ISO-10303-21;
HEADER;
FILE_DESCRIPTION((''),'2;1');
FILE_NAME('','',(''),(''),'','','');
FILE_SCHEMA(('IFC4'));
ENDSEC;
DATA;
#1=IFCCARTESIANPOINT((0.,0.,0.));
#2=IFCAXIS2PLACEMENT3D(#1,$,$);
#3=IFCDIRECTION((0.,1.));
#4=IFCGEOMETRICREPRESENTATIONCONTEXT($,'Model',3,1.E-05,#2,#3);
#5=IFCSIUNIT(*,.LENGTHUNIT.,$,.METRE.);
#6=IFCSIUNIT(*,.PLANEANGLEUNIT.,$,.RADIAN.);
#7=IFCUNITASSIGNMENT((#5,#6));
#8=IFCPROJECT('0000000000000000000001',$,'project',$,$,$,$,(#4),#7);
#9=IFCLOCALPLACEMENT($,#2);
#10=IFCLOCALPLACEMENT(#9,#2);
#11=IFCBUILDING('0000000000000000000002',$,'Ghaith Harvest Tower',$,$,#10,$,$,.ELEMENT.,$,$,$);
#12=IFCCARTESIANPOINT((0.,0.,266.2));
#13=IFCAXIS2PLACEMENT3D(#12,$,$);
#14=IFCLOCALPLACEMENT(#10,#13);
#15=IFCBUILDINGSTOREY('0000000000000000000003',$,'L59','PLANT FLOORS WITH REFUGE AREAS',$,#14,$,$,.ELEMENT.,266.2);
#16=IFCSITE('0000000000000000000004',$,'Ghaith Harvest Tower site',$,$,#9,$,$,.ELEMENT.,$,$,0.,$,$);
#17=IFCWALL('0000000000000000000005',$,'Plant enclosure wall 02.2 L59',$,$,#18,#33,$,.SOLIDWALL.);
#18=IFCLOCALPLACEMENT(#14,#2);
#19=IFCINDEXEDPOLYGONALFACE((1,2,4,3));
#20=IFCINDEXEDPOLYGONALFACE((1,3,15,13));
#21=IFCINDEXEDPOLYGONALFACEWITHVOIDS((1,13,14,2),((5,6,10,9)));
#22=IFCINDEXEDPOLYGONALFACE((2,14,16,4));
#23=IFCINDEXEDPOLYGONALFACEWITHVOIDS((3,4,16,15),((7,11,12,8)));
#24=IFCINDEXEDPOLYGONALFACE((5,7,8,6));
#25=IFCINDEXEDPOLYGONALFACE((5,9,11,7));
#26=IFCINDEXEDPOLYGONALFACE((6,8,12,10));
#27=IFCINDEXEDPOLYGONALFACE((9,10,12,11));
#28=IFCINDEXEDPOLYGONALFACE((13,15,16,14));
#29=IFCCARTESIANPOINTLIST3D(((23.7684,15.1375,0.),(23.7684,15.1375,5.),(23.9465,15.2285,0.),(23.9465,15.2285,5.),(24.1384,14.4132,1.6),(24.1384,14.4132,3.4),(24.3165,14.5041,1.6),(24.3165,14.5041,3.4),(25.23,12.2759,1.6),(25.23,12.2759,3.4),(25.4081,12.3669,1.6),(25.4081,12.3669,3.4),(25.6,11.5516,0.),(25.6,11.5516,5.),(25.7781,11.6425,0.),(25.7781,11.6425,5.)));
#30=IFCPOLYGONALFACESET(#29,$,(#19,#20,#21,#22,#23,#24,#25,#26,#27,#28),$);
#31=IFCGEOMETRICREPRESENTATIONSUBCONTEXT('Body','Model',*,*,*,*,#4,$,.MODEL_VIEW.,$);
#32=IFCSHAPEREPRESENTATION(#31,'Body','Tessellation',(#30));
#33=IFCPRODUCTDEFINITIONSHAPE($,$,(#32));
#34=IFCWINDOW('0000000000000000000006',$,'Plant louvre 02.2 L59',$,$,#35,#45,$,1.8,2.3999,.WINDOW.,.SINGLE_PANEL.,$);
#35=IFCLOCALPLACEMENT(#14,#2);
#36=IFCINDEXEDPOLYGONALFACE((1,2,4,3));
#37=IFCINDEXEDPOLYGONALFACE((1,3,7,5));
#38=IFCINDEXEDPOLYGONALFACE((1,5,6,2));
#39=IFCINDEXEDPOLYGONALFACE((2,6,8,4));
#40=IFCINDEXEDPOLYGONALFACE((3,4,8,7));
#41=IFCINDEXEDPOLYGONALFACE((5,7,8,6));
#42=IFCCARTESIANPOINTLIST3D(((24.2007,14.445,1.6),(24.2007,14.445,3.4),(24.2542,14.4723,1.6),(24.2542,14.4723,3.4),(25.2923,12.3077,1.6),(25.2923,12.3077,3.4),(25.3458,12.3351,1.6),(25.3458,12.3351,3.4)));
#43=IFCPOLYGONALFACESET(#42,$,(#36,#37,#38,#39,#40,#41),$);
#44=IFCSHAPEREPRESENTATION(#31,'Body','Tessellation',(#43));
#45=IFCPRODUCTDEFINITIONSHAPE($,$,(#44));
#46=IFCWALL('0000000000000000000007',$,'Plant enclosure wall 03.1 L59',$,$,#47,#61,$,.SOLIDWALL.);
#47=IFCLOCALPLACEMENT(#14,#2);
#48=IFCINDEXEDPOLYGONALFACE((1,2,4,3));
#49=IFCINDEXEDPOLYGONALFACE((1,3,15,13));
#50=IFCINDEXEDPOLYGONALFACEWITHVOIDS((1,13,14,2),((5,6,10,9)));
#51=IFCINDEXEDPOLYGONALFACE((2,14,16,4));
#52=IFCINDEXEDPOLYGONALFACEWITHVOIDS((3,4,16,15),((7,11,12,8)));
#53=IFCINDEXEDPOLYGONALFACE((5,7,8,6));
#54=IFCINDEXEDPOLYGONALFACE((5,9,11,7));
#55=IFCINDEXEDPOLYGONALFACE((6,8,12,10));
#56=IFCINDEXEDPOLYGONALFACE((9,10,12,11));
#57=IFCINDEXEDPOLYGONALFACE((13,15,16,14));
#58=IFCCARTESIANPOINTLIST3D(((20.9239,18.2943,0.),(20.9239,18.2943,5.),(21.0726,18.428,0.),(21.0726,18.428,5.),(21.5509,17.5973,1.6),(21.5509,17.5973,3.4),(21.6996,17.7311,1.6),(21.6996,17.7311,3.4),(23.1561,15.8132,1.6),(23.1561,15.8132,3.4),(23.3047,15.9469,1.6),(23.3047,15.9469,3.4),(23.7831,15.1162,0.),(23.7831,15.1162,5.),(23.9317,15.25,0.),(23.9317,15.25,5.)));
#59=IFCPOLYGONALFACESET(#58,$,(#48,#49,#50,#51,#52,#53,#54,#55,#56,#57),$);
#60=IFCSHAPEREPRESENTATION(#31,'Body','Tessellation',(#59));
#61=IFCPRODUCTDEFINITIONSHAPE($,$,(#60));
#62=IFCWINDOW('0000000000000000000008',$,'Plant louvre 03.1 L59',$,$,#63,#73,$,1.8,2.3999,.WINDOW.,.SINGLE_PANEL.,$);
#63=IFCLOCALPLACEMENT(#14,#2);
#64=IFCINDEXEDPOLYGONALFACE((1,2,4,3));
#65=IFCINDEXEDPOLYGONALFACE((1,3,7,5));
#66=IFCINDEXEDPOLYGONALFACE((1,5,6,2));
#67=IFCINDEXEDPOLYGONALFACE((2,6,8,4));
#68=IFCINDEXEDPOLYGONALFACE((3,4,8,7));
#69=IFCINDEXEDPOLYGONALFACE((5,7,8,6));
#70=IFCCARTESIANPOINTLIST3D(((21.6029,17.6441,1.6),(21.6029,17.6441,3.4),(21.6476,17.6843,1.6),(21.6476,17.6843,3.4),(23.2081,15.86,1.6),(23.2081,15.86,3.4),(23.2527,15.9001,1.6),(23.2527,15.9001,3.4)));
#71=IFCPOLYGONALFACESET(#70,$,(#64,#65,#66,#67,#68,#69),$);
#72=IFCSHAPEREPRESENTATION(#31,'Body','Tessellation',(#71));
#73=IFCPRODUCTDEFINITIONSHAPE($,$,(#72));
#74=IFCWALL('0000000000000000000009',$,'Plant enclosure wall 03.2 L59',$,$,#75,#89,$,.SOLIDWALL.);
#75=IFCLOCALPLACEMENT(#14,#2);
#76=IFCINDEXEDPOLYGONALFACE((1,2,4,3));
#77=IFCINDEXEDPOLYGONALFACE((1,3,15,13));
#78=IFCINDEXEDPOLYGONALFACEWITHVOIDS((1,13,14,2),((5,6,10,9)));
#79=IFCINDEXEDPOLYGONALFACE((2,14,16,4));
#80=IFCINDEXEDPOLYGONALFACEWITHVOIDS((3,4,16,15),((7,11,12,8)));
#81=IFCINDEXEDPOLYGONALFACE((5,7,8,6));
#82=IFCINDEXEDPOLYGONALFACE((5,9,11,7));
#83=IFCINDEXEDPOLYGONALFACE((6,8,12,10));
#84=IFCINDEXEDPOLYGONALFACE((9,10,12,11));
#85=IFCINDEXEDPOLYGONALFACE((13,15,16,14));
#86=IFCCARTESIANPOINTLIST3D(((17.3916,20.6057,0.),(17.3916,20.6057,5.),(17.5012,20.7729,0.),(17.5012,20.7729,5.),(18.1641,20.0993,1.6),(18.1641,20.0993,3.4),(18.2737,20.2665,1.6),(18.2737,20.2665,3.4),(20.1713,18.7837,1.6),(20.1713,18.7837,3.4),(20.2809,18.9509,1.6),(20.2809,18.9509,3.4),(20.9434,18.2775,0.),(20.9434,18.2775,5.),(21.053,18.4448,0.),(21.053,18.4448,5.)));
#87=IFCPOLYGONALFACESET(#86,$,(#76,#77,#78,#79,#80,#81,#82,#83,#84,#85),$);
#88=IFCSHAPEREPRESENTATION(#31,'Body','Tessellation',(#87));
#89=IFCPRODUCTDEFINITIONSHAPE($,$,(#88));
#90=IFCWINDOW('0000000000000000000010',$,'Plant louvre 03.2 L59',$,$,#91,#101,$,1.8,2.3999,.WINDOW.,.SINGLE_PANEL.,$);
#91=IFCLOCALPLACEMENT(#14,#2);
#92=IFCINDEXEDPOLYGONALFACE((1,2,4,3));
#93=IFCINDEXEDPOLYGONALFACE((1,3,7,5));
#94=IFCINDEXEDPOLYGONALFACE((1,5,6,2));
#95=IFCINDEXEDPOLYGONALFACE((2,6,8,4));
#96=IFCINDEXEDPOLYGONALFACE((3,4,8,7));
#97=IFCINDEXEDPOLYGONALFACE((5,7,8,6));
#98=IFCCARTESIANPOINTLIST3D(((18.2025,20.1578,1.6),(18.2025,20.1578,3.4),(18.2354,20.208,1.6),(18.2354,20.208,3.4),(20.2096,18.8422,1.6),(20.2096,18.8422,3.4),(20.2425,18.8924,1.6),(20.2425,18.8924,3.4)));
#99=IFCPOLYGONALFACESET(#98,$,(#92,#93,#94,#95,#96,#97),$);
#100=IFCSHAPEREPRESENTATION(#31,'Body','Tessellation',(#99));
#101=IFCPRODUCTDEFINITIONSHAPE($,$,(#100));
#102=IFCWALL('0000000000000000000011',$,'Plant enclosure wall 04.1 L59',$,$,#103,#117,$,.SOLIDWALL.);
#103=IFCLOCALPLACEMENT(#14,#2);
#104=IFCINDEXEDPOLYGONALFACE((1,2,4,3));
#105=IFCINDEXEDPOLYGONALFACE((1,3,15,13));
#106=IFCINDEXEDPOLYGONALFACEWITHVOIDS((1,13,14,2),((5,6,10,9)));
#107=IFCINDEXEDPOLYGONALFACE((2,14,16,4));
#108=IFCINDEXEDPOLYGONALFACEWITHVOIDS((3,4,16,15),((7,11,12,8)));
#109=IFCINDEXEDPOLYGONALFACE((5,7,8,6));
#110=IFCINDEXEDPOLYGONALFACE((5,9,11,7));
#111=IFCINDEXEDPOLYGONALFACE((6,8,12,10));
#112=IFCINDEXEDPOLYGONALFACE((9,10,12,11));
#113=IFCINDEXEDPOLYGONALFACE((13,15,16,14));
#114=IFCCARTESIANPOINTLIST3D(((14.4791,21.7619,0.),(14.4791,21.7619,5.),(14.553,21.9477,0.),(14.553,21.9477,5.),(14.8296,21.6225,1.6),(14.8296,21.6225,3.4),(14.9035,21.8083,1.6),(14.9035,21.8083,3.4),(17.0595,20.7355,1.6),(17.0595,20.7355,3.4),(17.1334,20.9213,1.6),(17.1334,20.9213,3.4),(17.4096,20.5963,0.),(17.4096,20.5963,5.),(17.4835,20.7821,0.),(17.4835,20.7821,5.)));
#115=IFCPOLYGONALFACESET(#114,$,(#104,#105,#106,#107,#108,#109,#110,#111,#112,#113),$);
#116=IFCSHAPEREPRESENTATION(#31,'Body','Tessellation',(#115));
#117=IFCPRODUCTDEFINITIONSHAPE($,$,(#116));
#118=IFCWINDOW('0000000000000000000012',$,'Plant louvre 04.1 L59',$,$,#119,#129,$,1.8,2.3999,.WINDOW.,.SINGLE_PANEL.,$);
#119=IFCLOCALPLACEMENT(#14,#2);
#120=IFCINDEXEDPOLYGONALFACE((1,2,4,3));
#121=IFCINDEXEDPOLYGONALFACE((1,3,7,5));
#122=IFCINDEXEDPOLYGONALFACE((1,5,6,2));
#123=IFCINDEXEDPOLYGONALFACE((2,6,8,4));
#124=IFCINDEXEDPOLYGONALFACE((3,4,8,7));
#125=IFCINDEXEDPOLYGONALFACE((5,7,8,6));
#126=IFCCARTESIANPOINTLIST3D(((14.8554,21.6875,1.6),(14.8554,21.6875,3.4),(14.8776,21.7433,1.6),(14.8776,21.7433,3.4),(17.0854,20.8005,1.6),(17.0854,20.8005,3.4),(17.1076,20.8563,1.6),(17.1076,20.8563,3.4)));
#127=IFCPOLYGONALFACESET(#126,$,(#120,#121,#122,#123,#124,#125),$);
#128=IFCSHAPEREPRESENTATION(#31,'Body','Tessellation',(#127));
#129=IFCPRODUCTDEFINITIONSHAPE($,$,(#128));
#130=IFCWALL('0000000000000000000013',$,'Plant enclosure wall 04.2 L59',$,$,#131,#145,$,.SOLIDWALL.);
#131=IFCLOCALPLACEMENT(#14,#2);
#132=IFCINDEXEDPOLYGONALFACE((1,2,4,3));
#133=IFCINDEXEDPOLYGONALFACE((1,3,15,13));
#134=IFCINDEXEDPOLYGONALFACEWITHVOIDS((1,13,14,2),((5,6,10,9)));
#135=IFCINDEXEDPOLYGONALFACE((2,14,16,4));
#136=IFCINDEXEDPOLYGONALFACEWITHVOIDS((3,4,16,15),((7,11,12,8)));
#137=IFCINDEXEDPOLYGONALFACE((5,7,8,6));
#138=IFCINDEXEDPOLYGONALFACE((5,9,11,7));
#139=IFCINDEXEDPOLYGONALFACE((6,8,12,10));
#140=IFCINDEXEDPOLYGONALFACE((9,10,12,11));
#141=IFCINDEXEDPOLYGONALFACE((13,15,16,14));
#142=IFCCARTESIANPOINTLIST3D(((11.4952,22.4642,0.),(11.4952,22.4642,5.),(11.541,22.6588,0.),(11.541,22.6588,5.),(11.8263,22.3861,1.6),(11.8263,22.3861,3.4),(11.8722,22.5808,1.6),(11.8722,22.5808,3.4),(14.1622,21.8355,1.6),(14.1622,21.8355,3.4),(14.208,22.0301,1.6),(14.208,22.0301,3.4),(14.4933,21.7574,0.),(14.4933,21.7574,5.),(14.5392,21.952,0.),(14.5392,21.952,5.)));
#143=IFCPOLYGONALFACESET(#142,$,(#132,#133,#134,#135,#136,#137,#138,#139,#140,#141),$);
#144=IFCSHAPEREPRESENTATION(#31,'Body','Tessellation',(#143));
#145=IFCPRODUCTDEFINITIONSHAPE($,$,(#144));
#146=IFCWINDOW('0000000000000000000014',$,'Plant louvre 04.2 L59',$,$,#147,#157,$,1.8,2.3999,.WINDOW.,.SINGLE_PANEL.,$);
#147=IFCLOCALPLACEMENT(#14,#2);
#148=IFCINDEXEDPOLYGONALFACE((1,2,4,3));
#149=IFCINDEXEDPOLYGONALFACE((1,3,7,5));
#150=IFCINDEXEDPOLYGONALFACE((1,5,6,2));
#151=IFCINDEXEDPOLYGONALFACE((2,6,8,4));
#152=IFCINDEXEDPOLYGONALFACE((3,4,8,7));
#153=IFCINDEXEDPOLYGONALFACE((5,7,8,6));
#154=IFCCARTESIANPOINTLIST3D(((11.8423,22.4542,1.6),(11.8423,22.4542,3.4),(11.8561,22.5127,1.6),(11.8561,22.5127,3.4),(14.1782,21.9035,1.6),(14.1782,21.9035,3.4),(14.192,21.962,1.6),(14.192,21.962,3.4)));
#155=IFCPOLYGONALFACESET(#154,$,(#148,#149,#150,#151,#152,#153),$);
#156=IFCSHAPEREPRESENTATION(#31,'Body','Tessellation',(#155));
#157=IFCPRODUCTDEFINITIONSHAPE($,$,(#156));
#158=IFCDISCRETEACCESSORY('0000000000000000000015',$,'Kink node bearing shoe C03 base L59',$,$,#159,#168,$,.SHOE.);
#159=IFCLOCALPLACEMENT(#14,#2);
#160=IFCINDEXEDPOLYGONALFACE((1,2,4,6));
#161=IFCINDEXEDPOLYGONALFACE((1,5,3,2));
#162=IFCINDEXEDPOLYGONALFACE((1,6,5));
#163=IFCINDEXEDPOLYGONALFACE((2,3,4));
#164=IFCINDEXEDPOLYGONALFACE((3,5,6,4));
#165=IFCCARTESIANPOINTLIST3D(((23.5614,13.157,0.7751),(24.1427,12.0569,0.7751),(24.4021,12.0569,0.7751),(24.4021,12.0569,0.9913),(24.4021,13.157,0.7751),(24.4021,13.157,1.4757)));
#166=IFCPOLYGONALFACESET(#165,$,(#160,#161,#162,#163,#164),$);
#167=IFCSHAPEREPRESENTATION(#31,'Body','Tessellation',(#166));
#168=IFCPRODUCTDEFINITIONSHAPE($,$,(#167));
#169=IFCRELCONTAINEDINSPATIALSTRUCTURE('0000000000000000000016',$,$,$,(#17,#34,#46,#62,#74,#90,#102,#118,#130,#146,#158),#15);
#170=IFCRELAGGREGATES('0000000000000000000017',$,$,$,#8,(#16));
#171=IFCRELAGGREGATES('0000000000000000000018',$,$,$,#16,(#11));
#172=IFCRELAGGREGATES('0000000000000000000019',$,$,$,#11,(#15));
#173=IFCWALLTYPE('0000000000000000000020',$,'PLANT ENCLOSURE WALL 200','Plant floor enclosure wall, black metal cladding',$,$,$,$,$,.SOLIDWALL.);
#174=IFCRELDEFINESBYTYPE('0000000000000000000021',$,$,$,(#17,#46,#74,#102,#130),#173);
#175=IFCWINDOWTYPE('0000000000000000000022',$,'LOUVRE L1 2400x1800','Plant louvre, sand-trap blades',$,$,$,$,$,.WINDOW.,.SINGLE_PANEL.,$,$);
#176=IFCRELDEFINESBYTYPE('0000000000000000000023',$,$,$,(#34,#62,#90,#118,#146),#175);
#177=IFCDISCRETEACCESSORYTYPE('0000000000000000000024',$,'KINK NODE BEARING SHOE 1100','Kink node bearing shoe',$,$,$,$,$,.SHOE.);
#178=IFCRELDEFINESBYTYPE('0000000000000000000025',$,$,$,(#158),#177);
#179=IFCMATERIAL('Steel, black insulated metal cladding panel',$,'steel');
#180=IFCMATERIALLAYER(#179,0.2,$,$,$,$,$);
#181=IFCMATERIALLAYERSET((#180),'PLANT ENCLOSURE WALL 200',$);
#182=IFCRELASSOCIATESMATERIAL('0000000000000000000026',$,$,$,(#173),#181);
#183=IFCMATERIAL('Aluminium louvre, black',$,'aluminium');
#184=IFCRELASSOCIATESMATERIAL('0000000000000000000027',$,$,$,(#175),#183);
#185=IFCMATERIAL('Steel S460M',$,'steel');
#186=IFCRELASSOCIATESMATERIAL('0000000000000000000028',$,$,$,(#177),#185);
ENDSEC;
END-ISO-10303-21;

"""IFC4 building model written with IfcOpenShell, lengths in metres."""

from ifc_helpers import new_model, si_unit, direction, frame, frame_2d, origin, origin_2d, place, context, subcontext, project, spatial, rectangle, extrude, clip, halfspace, material, layer, layer_set, material_profile, profile_set, type_object, element, fill, save


model = new_model("IFC4")

# Units and contexts
model_context = context("Model", 3, precision=1e-05, world=origin(), true_north=direction((0.0, 1.0)))
body_context = subcontext(model_context, "Body", "Model", "MODEL_VIEW")
ifc_project = project(units=[si_unit("LENGTHUNIT", "METRE"), si_unit("PLANEANGLEUNIT", "RADIAN")], contexts=[model_context])

# Site, building, storey
site_placement = place(None, origin())
site = spatial("IfcSite", under=ifc_project, at=site_placement, Name="Ghaith Harvest Tower site", CompositionType="ELEMENT", RefElevation=0.0)
building_placement = place(site_placement, origin())
building = spatial("IfcBuilding", under=site, at=building_placement, Name="Ghaith Harvest Tower", CompositionType="ELEMENT")
storey_placement = place(building_placement, frame((0.0, 0.0, 266.2)))
storey = spatial("IfcBuildingStorey", under=building, at=storey_placement, Name="L59", Description="PLANT FLOORS WITH REFUGE AREAS", CompositionType="ELEMENT", Elevation=266.2)

# Walls, openings, windows
ifc_material_1 = material(Name="Steel, black insulated metal cladding panel", Category="steel")
ifc_layer_1 = layer(ifc_material_1, 0.2)
ifc_layer_set_1 = layer_set([ifc_layer_1], Name="PLANT ENCLOSURE WALL 200")
wall_type_1 = type_object("IfcWallType", Name="PLANT ENCLOSURE WALL 200", Description="Plant floor enclosure wall, black metal cladding", PredefinedType="SOLIDWALL", material=ifc_layer_set_1)
wall_1_placement = place(storey_placement, frame((25.689, 11.5972, 0.0), z_axis=(0.0, 0.0, 1.0), x_axis=(-0.454861, 0.890562, 0.0)))
wall_1 = element("IfcWall", 1, at=wall_1_placement, inside=storey, type_object=wall_type_1, Name="Plant enclosure wall 02.2 L59", PredefinedType="SOLIDWALL", context=body_context, shape_type="SweptSolid", body=[
    extrude(rectangle(XDim=4.0266, YDim=0.2, at=frame_2d((2.0132, 0.0))), origin(), (0.0, 0.0, 1.0), 5.0),
])
opening_1_placement = place(wall_1_placement, frame((0.8132, 0.0, 1.6001)))
opening_1 = element("IfcOpeningElement", 2, at=opening_1_placement, cuts=wall_1, PredefinedType="OPENING", context=body_context, shape_type="SweptSolid", body=[
    extrude(rectangle(XDim=2.3999, YDim=1.8, at=frame_2d((1.2, 0.8999))), frame((0.0, 0.1099, 0.0), z_axis=(0.0, -1.0, 0.0), x_axis=(1.0, 0.0, 0.0)), (0.0, 0.0, 1.0), 0.22),
])
ifc_material_2 = material(Name="Aluminium louvre, black", Category="aluminium")
window_type = type_object("IfcWindowType", Name="LOUVRE L1 2400x1800", Description="Plant louvre, sand-trap blades", PartitioningType="SINGLE_PANEL", PredefinedType="WINDOW", material=ifc_material_2)
window_1_placement = place(opening_1_placement, origin())
window_1 = element("IfcWindow", 3, at=window_1_placement, inside=storey, type_object=window_type, Name="Plant louvre 02.2 L59", OverallHeight=1.8, OverallWidth=2.3999, PartitioningType="SINGLE_PANEL", PredefinedType="WINDOW", context=body_context, shape_type="SweptSolid", body=[
    extrude(rectangle(XDim=2.3999, YDim=1.8, at=frame_2d((1.2, 0.8999))), frame((0.0, 0.03, 0.0), z_axis=(0.0, -1.0, 0.0), x_axis=(1.0, 0.0, 0.0)), (0.0, 0.0, 1.0), 0.0601),
])
fill(opening_1, window_1)
wall_2_placement = place(storey_placement, frame((23.8574, 15.1831, 0.0), z_axis=(0.0, 0.0, 1.0), x_axis=(-0.668829, 0.743416, 0.0)))
wall_2 = element("IfcWall", 4, at=wall_2_placement, inside=storey, type_object=wall_type_1, Name="Plant enclosure wall 03.1 L59", PredefinedType="SOLIDWALL", context=body_context, shape_type="SweptSolid", body=[
    extrude(rectangle(XDim=4.2749, YDim=0.2, at=frame_2d((2.1375, 0.0))), origin(), (0.0, 0.0, 1.0), 5.0),
])
opening_2_placement = place(wall_2_placement, frame((0.9375, 0.0, 1.6001)))
opening_2 = element("IfcOpeningElement", 5, at=opening_2_placement, cuts=wall_2, PredefinedType="OPENING", context=body_context, shape_type="SweptSolid", body=[
    extrude(rectangle(XDim=2.3999, YDim=1.8, at=frame_2d((1.2, 0.8999))), frame((0.0, 0.1099, 0.0), z_axis=(0.0, -1.0, 0.0), x_axis=(1.0, 0.0, 0.0)), (0.0, 0.0, 1.0), 0.22),
])
window_2_placement = place(opening_2_placement, origin())
window_2 = element("IfcWindow", 6, at=window_2_placement, inside=storey, type_object=window_type, Name="Plant louvre 03.1 L59", OverallHeight=1.8, OverallWidth=2.3999, PartitioningType="SINGLE_PANEL", PredefinedType="WINDOW", context=body_context, shape_type="SweptSolid", body=[
    extrude(rectangle(XDim=2.3999, YDim=1.8, at=frame_2d((1.2, 0.8999))), frame((0.0, 0.03, 0.0), z_axis=(0.0, -1.0, 0.0), x_axis=(1.0, 0.0, 0.0)), (0.0, 0.0, 1.0), 0.0601),
])
fill(opening_2, window_2)
wall_3_placement = place(storey_placement, frame((20.9983, 18.3611, 0.0), z_axis=(0.0, 0.0, 1.0), x_axis=(-0.836341, 0.548209, 0.0)))
wall_3 = element("IfcWall", 7, at=wall_3_placement, inside=storey, type_object=wall_type_1, Name="Plant enclosure wall 03.2 L59", PredefinedType="SOLIDWALL", context=body_context, shape_type="SweptSolid", body=[
    extrude(rectangle(XDim=4.2468, YDim=0.2, at=frame_2d((2.1235, 0.0))), origin(), (0.0, 0.0, 1.0), 5.0),
])
opening_3_placement = place(wall_3_placement, frame((0.9233, 0.0, 1.6001)))
opening_3 = element("IfcOpeningElement", 8, at=opening_3_placement, cuts=wall_3, PredefinedType="OPENING", context=body_context, shape_type="SweptSolid", body=[
    extrude(rectangle(XDim=2.3999, YDim=1.8, at=frame_2d((1.2, 0.8999))), frame((0.0, 0.1099, 0.0), z_axis=(0.0, -1.0, 0.0), x_axis=(1.0, 0.0, 0.0)), (0.0, 0.0, 1.0), 0.22),
])
window_3_placement = place(opening_3_placement, origin())
window_3 = element("IfcWindow", 9, at=window_3_placement, inside=storey, type_object=window_type, Name="Plant louvre 03.2 L59", OverallHeight=1.8, OverallWidth=2.3999, PartitioningType="SINGLE_PANEL", PredefinedType="WINDOW", context=body_context, shape_type="SweptSolid", body=[
    extrude(rectangle(XDim=2.3999, YDim=1.8, at=frame_2d((1.2, 0.8999))), frame((0.0, 0.03, 0.0), z_axis=(0.0, -1.0, 0.0), x_axis=(1.0, 0.0, 0.0)), (0.0, 0.0, 1.0), 0.0601),
])
fill(opening_3, window_3)
wall_4_placement = place(storey_placement, frame((17.4465, 20.6892, 0.0), z_axis=(0.0, 0.0, 1.0), x_axis=(-0.929201, 0.369575, 0.0)))
wall_4 = element("IfcWall", 10, at=wall_4_placement, inside=storey, type_object=wall_type_1, Name="Plant enclosure wall 04.1 L59", PredefinedType="SOLIDWALL", context=body_context, shape_type="SweptSolid", body=[
    extrude(rectangle(XDim=3.1538, YDim=0.2, at=frame_2d((1.5769, 0.0))), origin(), (0.0, 0.0, 1.0), 5.0),
])
opening_4_placement = place(wall_4_placement, frame((0.3767, 0.0, 1.6001)))
opening_4 = element("IfcOpeningElement", 11, at=opening_4_placement, cuts=wall_4, PredefinedType="OPENING", context=body_context, shape_type="SweptSolid", body=[
    extrude(rectangle(XDim=2.3999, YDim=1.8, at=frame_2d((1.2, 0.8999))), frame((0.0, 0.1099, 0.0), z_axis=(0.0, -1.0, 0.0), x_axis=(1.0, 0.0, 0.0)), (0.0, 0.0, 1.0), 0.22),
])
window_4_placement = place(opening_4_placement, origin())
window_4 = element("IfcWindow", 12, at=window_4_placement, inside=storey, type_object=window_type, Name="Plant louvre 04.1 L59", OverallHeight=1.8, OverallWidth=2.3999, PartitioningType="SINGLE_PANEL", PredefinedType="WINDOW", context=body_context, shape_type="SweptSolid", body=[
    extrude(rectangle(XDim=2.3999, YDim=1.8, at=frame_2d((1.2, 0.8999))), frame((0.0, 0.03, 0.0), z_axis=(0.0, -1.0, 0.0), x_axis=(1.0, 0.0, 0.0)), (0.0, 0.0, 1.0), 0.0601),
])
fill(opening_4, window_4)
wall_5_placement = place(storey_placement, frame((14.5161, 21.8547, 0.0), z_axis=(0.0, 0.0, 1.0), x_axis=(-0.973318, 0.229459, 0.0)))
wall_5 = element("IfcWall", 13, at=wall_5_placement, inside=storey, type_object=wall_type_1, Name="Plant enclosure wall 04.2 L59", PredefinedType="SOLIDWALL", context=body_context, shape_type="SweptSolid", body=[
    extrude(rectangle(XDim=3.0803, YDim=0.2, at=frame_2d((1.54, 0.0))), origin(), (0.0, 0.0, 1.0), 5.0),
])
opening_5_placement = place(wall_5_placement, frame((0.3401, 0.0, 1.6001)))
opening_5 = element("IfcOpeningElement", 14, at=opening_5_placement, cuts=wall_5, PredefinedType="OPENING", context=body_context, shape_type="SweptSolid", body=[
    extrude(rectangle(XDim=2.3999, YDim=1.8, at=frame_2d((1.2, 0.8999))), frame((0.0, 0.1099, 0.0), z_axis=(0.0, -1.0, 0.0), x_axis=(1.0, 0.0, 0.0)), (0.0, 0.0, 1.0), 0.22),
])
window_5_placement = place(opening_5_placement, origin())
window_5 = element("IfcWindow", 15, at=window_5_placement, inside=storey, type_object=window_type, Name="Plant louvre 04.2 L59", OverallHeight=1.8, OverallWidth=2.3999, PartitioningType="SINGLE_PANEL", PredefinedType="WINDOW", context=body_context, shape_type="SweptSolid", body=[
    extrude(rectangle(XDim=2.3999, YDim=1.8, at=frame_2d((1.2, 0.8999))), frame((0.0, 0.03, 0.0), z_axis=(0.0, -1.0, 0.0), x_axis=(1.0, 0.0, 0.0)), (0.0, 0.0, 1.0), 0.0601),
])
fill(opening_5, window_5)

# Discrete accessory
ifc_material_3 = material(Name="Steel S460M", Category="steel")
ifc_material_profile_1 = material_profile(ifc_material_3, rectangle(XDim=1.1001, YDim=1.1001, at=origin_2d()), Name="KINK NODE BEARING SHOE 1100")
ifc_profile_set_1 = profile_set([ifc_material_profile_1], Name="Steel S460M")
discrete_accessory_type = type_object("IfcDiscreteAccessoryType", Name="KINK NODE BEARING SHOE 1100", Description="Kink node bearing shoe", PredefinedType="SHOE", material=ifc_profile_set_1)
discrete_accessory_1_placement = place(storey_placement, frame((23.8521, 12.6069, 0.7751), z_axis=(0.0, 0.0, 1.0), x_axis=(1.0, 0.0, 0.0)))
element("IfcDiscreteAccessory", 16, at=discrete_accessory_1_placement, inside=storey, type_object=discrete_accessory_type, Name="Kink node bearing shoe C03 base L59", PredefinedType="SHOE", context=body_context, shape_type="Clipping", body=[
    clip(extrude(rectangle(XDim=1.1001, YDim=1.1001, at=origin_2d()), origin(), (0.0, 0.0, 1.0), 0.7104), halfspace(frame((0.0, 0.0, 0.0), z_axis=(-0.606434, -0.320408, 0.72772), x_axis=(1.0, 0.0, 0.0)), False)),
])

save(model, "model.ifc")
